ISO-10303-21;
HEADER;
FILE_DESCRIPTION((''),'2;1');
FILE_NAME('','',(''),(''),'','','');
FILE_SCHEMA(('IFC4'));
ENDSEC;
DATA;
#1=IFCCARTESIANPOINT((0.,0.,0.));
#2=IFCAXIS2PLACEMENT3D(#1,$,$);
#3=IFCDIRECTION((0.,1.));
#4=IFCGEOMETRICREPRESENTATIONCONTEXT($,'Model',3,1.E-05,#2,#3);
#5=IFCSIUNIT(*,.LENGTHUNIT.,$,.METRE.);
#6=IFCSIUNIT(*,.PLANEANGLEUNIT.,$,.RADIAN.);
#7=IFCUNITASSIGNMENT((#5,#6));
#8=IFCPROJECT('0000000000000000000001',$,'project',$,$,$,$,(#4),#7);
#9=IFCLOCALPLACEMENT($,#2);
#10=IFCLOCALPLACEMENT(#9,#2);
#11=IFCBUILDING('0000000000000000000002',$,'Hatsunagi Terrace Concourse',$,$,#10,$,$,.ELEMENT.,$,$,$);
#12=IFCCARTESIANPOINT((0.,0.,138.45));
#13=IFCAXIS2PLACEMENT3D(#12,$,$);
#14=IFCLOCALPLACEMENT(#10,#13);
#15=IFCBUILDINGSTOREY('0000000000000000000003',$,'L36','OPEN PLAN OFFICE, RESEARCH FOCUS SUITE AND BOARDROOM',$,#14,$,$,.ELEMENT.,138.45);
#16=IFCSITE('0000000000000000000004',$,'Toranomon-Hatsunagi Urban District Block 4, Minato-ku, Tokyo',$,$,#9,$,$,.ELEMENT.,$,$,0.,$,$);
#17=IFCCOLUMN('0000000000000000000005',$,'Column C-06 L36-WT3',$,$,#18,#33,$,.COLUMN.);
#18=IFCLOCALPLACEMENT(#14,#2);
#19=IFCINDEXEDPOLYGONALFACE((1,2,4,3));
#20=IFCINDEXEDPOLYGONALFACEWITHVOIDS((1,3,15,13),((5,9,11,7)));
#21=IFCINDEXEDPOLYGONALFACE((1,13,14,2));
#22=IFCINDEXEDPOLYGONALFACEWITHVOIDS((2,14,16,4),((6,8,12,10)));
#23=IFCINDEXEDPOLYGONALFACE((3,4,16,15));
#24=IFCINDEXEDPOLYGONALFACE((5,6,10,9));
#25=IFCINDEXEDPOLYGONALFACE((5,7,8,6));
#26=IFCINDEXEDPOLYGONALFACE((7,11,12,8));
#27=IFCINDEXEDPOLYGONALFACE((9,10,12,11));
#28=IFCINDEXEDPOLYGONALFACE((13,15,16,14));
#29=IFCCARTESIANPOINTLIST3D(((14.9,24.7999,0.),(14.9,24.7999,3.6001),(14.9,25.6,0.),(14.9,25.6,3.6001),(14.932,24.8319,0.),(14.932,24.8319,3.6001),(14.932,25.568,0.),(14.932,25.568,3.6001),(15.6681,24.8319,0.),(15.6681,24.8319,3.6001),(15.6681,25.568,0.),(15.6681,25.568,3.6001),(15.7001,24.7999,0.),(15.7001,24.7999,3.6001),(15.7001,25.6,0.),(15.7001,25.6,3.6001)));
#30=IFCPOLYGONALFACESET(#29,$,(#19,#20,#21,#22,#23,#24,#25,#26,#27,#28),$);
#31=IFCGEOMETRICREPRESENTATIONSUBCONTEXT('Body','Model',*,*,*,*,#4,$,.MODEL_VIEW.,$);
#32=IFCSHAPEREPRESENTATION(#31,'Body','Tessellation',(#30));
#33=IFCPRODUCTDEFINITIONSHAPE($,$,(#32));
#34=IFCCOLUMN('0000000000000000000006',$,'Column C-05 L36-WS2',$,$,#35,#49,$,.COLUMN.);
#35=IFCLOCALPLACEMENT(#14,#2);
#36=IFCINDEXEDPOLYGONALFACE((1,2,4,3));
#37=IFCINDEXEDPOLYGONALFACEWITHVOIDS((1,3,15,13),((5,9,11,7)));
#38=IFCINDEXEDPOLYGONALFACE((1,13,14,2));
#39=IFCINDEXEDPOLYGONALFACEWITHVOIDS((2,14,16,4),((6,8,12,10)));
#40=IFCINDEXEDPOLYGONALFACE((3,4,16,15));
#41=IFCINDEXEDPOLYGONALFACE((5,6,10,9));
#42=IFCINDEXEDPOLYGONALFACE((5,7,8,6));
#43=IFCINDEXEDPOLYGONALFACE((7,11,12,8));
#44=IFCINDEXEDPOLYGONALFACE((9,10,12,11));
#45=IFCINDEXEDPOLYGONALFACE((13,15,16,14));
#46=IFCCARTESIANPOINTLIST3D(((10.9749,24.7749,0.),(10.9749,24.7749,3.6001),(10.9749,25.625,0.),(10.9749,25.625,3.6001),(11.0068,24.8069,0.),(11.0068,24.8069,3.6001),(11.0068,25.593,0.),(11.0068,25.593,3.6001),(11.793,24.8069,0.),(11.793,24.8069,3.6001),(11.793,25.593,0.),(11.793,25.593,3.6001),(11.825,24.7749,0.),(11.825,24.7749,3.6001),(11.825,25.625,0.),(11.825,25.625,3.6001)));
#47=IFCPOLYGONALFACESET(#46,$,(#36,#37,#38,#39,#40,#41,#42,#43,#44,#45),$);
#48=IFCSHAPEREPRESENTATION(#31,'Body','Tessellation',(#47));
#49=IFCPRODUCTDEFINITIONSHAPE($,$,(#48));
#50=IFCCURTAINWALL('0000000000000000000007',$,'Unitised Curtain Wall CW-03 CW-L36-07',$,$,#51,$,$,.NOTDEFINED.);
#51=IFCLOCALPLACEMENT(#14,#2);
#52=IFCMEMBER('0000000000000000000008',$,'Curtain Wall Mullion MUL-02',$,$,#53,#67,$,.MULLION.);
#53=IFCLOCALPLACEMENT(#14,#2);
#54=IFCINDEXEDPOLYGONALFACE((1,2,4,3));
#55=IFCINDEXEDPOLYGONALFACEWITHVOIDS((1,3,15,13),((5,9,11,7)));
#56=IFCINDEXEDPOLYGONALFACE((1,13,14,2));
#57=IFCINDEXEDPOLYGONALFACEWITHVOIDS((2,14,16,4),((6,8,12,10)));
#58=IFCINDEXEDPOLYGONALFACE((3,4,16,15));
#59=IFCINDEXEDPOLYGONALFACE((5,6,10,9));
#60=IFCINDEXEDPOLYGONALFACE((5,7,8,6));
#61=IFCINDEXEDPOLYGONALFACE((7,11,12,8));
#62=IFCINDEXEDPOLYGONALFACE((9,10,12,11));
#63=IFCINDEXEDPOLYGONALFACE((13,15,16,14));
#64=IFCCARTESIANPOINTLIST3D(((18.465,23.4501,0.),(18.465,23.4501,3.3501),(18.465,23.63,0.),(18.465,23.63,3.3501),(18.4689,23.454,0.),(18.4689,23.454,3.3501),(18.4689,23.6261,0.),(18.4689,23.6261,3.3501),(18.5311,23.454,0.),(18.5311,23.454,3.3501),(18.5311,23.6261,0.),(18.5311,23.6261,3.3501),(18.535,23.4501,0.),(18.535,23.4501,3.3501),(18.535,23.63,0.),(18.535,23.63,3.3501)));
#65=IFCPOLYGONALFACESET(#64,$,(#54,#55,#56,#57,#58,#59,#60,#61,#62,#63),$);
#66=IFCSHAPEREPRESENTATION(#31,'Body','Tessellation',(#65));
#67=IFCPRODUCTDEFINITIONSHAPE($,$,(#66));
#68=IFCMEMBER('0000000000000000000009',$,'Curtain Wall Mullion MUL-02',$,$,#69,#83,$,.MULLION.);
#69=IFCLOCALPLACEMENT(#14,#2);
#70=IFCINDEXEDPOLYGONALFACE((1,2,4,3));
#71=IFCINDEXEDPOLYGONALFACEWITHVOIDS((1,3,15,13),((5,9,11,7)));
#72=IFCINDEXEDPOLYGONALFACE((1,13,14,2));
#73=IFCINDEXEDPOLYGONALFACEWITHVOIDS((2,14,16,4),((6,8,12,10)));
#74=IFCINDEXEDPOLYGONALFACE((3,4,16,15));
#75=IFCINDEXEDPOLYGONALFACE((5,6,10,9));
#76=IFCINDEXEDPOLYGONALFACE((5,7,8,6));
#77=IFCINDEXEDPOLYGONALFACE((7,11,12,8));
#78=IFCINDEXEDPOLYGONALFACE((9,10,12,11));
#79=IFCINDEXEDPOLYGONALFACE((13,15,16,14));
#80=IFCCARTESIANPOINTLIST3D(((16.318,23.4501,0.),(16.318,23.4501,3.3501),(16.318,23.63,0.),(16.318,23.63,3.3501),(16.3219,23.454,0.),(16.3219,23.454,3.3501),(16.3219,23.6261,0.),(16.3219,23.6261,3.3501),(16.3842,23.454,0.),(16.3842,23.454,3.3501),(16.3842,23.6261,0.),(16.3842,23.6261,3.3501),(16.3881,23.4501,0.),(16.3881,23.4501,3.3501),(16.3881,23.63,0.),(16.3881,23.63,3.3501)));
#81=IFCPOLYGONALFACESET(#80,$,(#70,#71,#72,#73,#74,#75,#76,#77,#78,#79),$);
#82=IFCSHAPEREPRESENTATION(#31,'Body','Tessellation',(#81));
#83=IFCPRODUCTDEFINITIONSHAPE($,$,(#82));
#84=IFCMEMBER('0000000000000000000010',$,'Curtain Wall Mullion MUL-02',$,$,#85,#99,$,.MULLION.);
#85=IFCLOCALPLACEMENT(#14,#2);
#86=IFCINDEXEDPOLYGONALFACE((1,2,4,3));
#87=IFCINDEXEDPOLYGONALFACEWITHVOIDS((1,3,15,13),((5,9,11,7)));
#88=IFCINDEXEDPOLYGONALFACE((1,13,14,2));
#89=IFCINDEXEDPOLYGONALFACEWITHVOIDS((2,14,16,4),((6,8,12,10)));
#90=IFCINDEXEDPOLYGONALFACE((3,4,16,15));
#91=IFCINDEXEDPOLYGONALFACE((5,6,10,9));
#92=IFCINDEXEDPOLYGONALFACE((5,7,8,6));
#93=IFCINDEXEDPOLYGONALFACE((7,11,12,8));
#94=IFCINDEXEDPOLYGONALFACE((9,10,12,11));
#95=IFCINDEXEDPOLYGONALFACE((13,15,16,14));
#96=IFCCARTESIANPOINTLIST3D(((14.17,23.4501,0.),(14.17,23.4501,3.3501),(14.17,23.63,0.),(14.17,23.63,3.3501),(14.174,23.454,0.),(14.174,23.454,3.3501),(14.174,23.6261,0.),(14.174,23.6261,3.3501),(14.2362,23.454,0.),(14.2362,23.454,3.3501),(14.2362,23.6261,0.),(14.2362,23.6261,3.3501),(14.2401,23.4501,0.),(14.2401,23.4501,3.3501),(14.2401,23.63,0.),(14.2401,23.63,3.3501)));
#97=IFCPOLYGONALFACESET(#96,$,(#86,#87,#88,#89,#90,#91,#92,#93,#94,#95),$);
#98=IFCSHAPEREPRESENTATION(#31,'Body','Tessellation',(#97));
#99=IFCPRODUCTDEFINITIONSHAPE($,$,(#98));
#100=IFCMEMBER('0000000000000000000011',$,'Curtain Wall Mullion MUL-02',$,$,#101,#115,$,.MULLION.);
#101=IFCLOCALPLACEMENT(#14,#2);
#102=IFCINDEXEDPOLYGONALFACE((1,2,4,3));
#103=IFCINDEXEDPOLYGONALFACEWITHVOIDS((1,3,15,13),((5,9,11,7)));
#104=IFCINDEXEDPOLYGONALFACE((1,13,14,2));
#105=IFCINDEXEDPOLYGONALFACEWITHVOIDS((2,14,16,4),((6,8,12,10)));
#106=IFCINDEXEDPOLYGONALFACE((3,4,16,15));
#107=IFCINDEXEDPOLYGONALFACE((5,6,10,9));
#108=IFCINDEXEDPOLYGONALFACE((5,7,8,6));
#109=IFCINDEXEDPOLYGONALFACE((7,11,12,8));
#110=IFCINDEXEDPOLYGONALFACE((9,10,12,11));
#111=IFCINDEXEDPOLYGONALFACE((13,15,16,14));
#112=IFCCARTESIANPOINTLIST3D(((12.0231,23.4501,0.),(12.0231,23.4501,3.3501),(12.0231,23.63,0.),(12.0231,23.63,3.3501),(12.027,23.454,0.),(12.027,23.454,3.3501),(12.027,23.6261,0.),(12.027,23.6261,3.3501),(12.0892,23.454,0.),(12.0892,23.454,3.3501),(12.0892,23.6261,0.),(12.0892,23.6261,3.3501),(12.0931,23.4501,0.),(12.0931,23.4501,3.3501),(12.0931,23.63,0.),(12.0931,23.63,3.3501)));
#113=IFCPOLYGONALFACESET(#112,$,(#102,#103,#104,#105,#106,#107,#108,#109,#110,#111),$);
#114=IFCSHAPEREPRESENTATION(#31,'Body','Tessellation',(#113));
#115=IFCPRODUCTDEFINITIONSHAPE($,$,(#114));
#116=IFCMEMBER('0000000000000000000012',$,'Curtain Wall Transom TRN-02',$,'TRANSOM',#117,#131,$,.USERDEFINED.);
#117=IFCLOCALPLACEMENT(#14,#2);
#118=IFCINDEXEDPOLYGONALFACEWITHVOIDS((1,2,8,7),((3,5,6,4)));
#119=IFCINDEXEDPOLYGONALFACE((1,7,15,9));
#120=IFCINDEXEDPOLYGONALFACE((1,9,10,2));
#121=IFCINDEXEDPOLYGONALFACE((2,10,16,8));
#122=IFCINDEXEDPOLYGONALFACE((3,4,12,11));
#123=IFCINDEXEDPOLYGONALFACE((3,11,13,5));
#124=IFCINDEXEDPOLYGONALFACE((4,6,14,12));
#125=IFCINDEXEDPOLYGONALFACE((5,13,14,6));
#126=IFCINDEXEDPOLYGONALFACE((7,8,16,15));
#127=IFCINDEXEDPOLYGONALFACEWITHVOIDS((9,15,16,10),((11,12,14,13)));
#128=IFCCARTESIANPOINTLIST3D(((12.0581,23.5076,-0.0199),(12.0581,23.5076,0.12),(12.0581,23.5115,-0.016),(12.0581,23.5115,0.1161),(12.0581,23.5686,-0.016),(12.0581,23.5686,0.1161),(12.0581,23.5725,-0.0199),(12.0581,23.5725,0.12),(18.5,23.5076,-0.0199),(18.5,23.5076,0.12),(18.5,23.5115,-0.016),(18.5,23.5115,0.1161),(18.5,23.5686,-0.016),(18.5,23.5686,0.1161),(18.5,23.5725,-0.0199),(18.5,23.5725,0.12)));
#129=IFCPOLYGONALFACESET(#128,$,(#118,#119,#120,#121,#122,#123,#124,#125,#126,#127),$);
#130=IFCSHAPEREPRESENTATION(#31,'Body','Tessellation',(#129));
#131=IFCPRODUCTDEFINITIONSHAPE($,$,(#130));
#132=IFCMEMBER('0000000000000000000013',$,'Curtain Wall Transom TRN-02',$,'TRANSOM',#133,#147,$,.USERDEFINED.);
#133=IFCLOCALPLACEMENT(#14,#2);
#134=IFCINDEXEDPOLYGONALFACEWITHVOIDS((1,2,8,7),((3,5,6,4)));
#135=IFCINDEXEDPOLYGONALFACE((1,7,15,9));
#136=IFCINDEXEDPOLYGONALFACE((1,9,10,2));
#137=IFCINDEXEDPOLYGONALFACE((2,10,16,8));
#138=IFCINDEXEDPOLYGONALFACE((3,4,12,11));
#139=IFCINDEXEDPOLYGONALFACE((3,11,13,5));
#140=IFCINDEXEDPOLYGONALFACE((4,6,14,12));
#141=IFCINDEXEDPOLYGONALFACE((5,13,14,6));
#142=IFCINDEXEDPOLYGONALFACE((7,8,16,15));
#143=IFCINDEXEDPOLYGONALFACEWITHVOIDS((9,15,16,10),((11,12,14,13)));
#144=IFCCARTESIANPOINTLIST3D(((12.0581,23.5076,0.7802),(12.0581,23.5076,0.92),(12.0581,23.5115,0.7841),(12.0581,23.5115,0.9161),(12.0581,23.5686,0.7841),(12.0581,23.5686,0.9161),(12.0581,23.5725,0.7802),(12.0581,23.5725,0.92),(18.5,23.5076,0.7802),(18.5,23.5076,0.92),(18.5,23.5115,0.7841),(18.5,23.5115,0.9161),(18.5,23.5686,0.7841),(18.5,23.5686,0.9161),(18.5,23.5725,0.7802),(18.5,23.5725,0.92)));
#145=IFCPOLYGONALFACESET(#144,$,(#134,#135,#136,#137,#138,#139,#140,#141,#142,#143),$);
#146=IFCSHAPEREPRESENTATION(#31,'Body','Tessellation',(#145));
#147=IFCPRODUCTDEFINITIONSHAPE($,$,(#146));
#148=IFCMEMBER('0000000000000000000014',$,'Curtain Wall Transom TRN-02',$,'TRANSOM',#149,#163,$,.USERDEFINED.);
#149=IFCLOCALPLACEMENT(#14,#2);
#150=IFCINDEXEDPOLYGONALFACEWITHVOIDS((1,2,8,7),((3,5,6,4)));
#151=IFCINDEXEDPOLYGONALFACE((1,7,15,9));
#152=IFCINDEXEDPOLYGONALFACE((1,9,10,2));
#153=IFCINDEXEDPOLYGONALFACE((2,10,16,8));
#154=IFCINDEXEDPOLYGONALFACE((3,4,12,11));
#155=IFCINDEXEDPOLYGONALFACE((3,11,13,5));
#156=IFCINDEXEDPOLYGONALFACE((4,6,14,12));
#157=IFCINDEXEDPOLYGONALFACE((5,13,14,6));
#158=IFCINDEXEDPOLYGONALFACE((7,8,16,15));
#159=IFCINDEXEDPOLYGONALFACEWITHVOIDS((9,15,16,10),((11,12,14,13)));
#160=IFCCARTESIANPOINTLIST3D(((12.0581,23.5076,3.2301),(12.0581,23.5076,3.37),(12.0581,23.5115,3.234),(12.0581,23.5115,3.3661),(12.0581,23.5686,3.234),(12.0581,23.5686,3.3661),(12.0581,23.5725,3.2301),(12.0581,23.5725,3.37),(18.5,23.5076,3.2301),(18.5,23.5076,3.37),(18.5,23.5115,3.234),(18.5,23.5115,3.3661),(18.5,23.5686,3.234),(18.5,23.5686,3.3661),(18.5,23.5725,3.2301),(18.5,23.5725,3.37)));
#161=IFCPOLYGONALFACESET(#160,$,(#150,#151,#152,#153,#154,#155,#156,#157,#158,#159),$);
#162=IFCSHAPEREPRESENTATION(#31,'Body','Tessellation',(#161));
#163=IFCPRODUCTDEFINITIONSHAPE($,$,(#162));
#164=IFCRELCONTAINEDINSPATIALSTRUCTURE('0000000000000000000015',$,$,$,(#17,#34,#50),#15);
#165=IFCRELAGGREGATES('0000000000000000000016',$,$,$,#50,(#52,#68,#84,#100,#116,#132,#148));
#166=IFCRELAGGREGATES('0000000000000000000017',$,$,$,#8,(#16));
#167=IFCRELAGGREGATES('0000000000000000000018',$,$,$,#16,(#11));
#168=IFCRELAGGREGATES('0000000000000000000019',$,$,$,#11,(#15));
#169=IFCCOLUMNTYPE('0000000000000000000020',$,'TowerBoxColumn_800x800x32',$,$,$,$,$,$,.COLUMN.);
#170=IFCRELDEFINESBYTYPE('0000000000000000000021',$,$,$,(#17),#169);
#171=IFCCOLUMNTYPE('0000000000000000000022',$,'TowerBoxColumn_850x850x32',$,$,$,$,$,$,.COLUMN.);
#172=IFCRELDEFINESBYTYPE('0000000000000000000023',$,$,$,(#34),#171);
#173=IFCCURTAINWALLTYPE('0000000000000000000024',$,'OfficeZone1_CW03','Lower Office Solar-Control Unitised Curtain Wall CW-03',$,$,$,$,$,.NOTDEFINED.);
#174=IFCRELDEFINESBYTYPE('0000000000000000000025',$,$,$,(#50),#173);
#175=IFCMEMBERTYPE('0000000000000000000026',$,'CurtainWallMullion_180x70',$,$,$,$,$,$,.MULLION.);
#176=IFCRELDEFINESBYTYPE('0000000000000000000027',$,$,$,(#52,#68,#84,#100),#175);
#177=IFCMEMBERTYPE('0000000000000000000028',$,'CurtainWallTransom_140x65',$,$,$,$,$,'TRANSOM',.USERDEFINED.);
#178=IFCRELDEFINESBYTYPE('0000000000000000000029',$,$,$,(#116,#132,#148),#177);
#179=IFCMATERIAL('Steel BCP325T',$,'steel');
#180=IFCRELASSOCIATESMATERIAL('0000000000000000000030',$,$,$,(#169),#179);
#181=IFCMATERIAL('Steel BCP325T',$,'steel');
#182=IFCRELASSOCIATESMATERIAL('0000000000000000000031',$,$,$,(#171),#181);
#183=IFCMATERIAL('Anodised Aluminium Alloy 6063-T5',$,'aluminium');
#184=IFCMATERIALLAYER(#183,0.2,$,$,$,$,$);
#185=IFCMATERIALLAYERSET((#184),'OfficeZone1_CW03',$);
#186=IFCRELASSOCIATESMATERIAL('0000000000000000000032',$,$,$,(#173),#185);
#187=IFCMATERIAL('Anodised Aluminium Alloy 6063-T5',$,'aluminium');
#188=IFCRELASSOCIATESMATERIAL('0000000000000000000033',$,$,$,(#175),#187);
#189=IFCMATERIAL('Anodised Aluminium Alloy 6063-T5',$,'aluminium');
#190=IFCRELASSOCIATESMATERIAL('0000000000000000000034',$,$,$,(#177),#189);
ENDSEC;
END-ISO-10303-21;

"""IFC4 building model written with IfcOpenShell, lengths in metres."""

from ifc_helpers import new_model, si_unit, direction, frame, origin, origin_2d, place, context, subcontext, project, spatial, hollow_rectangle, extrude, material, layer, layer_set, material_profile, profile_set, type_object, element, aggregate, save


model = new_model("IFC4")

# Units and contexts
model_context = context("Model", 3, precision=1e-05, world=origin(), true_north=direction((0.0, 1.0)))
body_context = subcontext(model_context, "Body", "Model", "MODEL_VIEW")
ifc_project = project(units=[si_unit("LENGTHUNIT", "METRE"), si_unit("PLANEANGLEUNIT", "RADIAN")], contexts=[model_context])

# Site, building, storey
site_placement = place(None, origin())
site = spatial("IfcSite", under=ifc_project, at=site_placement, Name="Toranomon-Hatsunagi Urban District Block 4, Minato-ku, Tokyo", CompositionType="ELEMENT", RefElevation=0.0)
building_placement = place(site_placement, origin())
building = spatial("IfcBuilding", under=site, at=building_placement, Name="Hatsunagi Terrace Concourse", CompositionType="ELEMENT")
storey_placement = place(building_placement, frame((0.0, 0.0, 138.45)))
storey = spatial("IfcBuildingStorey", under=building, at=storey_placement, Name="L36", Description="OPEN PLAN OFFICE, RESEARCH FOCUS SUITE AND BOARDROOM", CompositionType="ELEMENT", Elevation=138.45)

# Columns
ifc_material_1 = material(Name="Steel BCP325T", Category="steel")
ifc_material_profile_1 = material_profile(ifc_material_1, hollow_rectangle(XDim=0.8, YDim=0.8, WallThickness=0.032, at=origin_2d()), Name="BCP-800x800x32")
ifc_profile_set_1 = profile_set([ifc_material_profile_1], Name="Steel BCP325T")
column_type_1 = type_object("IfcColumnType", Name="TowerBoxColumn_800x800x32", PredefinedType="COLUMN", material=ifc_profile_set_1)
column_1_placement = place(storey_placement, frame((15.3, 25.2, 0.0), z_axis=(0.0, 0.0, 1.0), x_axis=(1.0, 0.0, 0.0)))
element("IfcColumn", 1, at=column_1_placement, inside=storey, type_object=column_type_1, Name="Column C-06 L36-WT3", PredefinedType="COLUMN", context=body_context, shape_type="SweptSolid", body=[
    extrude(hollow_rectangle(XDim=0.8, YDim=0.8, WallThickness=0.032, at=origin_2d()), origin(), (0.0, 0.0, 1.0), 3.6001),
])
ifc_material_2 = material(Name="Steel BCP325T", Category="steel")
ifc_material_profile_2 = material_profile(ifc_material_2, hollow_rectangle(XDim=0.8501, YDim=0.8501, WallThickness=0.032, at=origin_2d()), Name="BCP-850x850x32")
ifc_profile_set_2 = profile_set([ifc_material_profile_2], Name="Steel BCP325T")
column_type_2 = type_object("IfcColumnType", Name="TowerBoxColumn_850x850x32", PredefinedType="COLUMN", material=ifc_profile_set_2)
column_2_placement = place(storey_placement, frame((11.3999, 25.2, 0.0), z_axis=(0.0, 0.0, 1.0), x_axis=(1.0, 0.0, 0.0)))
element("IfcColumn", 2, at=column_2_placement, inside=storey, type_object=column_type_2, Name="Column C-05 L36-WS2", PredefinedType="COLUMN", context=body_context, shape_type="SweptSolid", body=[
    extrude(hollow_rectangle(XDim=0.8501, YDim=0.8501, WallThickness=0.032, at=origin_2d()), origin(), (0.0, 0.0, 1.0), 3.6001),
])

# Curtain wall, members
ifc_material_3 = material(Name="Anodised Aluminium Alloy 6063-T5", Category="aluminium")
ifc_layer_1 = layer(ifc_material_3, 0.2)
ifc_layer_set_1 = layer_set([ifc_layer_1], Name="OfficeZone1_CW03")
curtain_wall_type = type_object("IfcCurtainWallType", Name="OfficeZone1_CW03", Description="Lower Office Solar-Control Unitised Curtain Wall CW-03", PredefinedType="NOTDEFINED", material=ifc_layer_set_1)
curtain_wall_placement = place(storey_placement, origin())
curtain_wall = element("IfcCurtainWall", 3, at=curtain_wall_placement, inside=storey, type_object=curtain_wall_type, Name="Unitised Curtain Wall CW-03 CW-L36-07", PredefinedType="NOTDEFINED")
ifc_material_4 = material(Name="Anodised Aluminium Alloy 6063-T5", Category="aluminium")
ifc_material_profile_3 = material_profile(ifc_material_4, hollow_rectangle(XDim=0.0701, YDim=0.1799, WallThickness=0.0039, at=origin_2d()), Name="ALU-MUL-180x70x4")
ifc_profile_set_3 = profile_set([ifc_material_profile_3], Name="Anodised Aluminium Alloy 6063-T5")
member_type_1 = type_object("IfcMemberType", Name="CurtainWallMullion_180x70", PredefinedType="MULLION", material=ifc_profile_set_3)
member_1_placement = place(storey_placement, frame((18.5, 23.54, 0.0), z_axis=(0.0, 0.0, 1.0), x_axis=(-1.0, 0.0, 0.0)))
member_1 = element("IfcMember", 4, at=member_1_placement, type_object=member_type_1, Name="Curtain Wall Mullion MUL-02", PredefinedType="MULLION", context=body_context, shape_type="SweptSolid", body=[
    extrude(hollow_rectangle(XDim=0.0701, YDim=0.1799, WallThickness=0.0039, at=origin_2d()), origin(), (0.0, 0.0, 1.0), 3.3501),
])
member_2_placement = place(storey_placement, frame((16.353, 23.54, 0.0), z_axis=(0.0, 0.0, 1.0), x_axis=(-1.0, 0.0, 0.0)))
member_2 = element("IfcMember", 5, at=member_2_placement, type_object=member_type_1, Name="Curtain Wall Mullion MUL-02", PredefinedType="MULLION", context=body_context, shape_type="SweptSolid", body=[
    extrude(hollow_rectangle(XDim=0.0701, YDim=0.1799, WallThickness=0.0039, at=origin_2d()), origin(), (0.0, 0.0, 1.0), 3.3501),
])
member_3_placement = place(storey_placement, frame((14.2051, 23.54, 0.0), z_axis=(0.0, 0.0, 1.0), x_axis=(-1.0, 0.0, 0.0)))
member_3 = element("IfcMember", 6, at=member_3_placement, type_object=member_type_1, Name="Curtain Wall Mullion MUL-02", PredefinedType="MULLION", context=body_context, shape_type="SweptSolid", body=[
    extrude(hollow_rectangle(XDim=0.0701, YDim=0.1799, WallThickness=0.0039, at=origin_2d()), origin(), (0.0, 0.0, 1.0), 3.3501),
])
member_4_placement = place(storey_placement, frame((12.0581, 23.54, 0.0), z_axis=(0.0, 0.0, 1.0), x_axis=(-1.0, 0.0, 0.0)))
member_4 = element("IfcMember", 7, at=member_4_placement, type_object=member_type_1, Name="Curtain Wall Mullion MUL-02", PredefinedType="MULLION", context=body_context, shape_type="SweptSolid", body=[
    extrude(hollow_rectangle(XDim=0.0701, YDim=0.1799, WallThickness=0.0039, at=origin_2d()), origin(), (0.0, 0.0, 1.0), 3.3501),
])
ifc_material_5 = material(Name="Anodised Aluminium Alloy 6063-T5", Category="aluminium")
ifc_material_profile_4 = material_profile(ifc_material_5, hollow_rectangle(XDim=0.0649, YDim=0.1399, WallThickness=0.0039, at=origin_2d()), Name="ALU-TRN-140x65x4")
ifc_profile_set_4 = profile_set([ifc_material_profile_4], Name="Anodised Aluminium Alloy 6063-T5")
member_type_2 = type_object("IfcMemberType", Name="CurtainWallTransom_140x65", ElementType="TRANSOM", PredefinedType="USERDEFINED", material=ifc_profile_set_4)
member_5_placement = place(storey_placement, frame((18.5, 23.54, 0.05), z_axis=(-1.0, 0.0, 0.0), x_axis=(0.0, -1.0, 0.0)))
member_5 = element("IfcMember", 8, at=member_5_placement, type_object=member_type_2, Name="Curtain Wall Transom TRN-02", ObjectType="TRANSOM", PredefinedType="USERDEFINED", context=body_context, shape_type="SweptSolid", body=[
    extrude(hollow_rectangle(XDim=0.0649, YDim=0.1399, WallThickness=0.0039, at=origin_2d()), origin(), (0.0, 0.0, 1.0), 6.4419),
])
member_6_placement = place(storey_placement, frame((18.5, 23.54, 0.8501), z_axis=(-1.0, 0.0, 0.0), x_axis=(0.0, -1.0, 0.0)))
member_6 = element("IfcMember", 9, at=member_6_placement, type_object=member_type_2, Name="Curtain Wall Transom TRN-02", ObjectType="TRANSOM", PredefinedType="USERDEFINED", context=body_context, shape_type="SweptSolid", body=[
    extrude(hollow_rectangle(XDim=0.0649, YDim=0.1399, WallThickness=0.0039, at=origin_2d()), origin(), (0.0, 0.0, 1.0), 6.4419),
])
member_7_placement = place(storey_placement, frame((18.5, 23.54, 3.3), z_axis=(-1.0, 0.0, 0.0), x_axis=(0.0, -1.0, 0.0)))
member_7 = element("IfcMember", 10, at=member_7_placement, type_object=member_type_2, Name="Curtain Wall Transom TRN-02", ObjectType="TRANSOM", PredefinedType="USERDEFINED", context=body_context, shape_type="SweptSolid", body=[
    extrude(hollow_rectangle(XDim=0.0649, YDim=0.1399, WallThickness=0.0039, at=origin_2d()), origin(), (0.0, 0.0, 1.0), 6.4419),
])

aggregate(curtain_wall, [member_1, member_2, member_3, member_4, member_5, member_6, member_7])

save(model, "model.ifc")
